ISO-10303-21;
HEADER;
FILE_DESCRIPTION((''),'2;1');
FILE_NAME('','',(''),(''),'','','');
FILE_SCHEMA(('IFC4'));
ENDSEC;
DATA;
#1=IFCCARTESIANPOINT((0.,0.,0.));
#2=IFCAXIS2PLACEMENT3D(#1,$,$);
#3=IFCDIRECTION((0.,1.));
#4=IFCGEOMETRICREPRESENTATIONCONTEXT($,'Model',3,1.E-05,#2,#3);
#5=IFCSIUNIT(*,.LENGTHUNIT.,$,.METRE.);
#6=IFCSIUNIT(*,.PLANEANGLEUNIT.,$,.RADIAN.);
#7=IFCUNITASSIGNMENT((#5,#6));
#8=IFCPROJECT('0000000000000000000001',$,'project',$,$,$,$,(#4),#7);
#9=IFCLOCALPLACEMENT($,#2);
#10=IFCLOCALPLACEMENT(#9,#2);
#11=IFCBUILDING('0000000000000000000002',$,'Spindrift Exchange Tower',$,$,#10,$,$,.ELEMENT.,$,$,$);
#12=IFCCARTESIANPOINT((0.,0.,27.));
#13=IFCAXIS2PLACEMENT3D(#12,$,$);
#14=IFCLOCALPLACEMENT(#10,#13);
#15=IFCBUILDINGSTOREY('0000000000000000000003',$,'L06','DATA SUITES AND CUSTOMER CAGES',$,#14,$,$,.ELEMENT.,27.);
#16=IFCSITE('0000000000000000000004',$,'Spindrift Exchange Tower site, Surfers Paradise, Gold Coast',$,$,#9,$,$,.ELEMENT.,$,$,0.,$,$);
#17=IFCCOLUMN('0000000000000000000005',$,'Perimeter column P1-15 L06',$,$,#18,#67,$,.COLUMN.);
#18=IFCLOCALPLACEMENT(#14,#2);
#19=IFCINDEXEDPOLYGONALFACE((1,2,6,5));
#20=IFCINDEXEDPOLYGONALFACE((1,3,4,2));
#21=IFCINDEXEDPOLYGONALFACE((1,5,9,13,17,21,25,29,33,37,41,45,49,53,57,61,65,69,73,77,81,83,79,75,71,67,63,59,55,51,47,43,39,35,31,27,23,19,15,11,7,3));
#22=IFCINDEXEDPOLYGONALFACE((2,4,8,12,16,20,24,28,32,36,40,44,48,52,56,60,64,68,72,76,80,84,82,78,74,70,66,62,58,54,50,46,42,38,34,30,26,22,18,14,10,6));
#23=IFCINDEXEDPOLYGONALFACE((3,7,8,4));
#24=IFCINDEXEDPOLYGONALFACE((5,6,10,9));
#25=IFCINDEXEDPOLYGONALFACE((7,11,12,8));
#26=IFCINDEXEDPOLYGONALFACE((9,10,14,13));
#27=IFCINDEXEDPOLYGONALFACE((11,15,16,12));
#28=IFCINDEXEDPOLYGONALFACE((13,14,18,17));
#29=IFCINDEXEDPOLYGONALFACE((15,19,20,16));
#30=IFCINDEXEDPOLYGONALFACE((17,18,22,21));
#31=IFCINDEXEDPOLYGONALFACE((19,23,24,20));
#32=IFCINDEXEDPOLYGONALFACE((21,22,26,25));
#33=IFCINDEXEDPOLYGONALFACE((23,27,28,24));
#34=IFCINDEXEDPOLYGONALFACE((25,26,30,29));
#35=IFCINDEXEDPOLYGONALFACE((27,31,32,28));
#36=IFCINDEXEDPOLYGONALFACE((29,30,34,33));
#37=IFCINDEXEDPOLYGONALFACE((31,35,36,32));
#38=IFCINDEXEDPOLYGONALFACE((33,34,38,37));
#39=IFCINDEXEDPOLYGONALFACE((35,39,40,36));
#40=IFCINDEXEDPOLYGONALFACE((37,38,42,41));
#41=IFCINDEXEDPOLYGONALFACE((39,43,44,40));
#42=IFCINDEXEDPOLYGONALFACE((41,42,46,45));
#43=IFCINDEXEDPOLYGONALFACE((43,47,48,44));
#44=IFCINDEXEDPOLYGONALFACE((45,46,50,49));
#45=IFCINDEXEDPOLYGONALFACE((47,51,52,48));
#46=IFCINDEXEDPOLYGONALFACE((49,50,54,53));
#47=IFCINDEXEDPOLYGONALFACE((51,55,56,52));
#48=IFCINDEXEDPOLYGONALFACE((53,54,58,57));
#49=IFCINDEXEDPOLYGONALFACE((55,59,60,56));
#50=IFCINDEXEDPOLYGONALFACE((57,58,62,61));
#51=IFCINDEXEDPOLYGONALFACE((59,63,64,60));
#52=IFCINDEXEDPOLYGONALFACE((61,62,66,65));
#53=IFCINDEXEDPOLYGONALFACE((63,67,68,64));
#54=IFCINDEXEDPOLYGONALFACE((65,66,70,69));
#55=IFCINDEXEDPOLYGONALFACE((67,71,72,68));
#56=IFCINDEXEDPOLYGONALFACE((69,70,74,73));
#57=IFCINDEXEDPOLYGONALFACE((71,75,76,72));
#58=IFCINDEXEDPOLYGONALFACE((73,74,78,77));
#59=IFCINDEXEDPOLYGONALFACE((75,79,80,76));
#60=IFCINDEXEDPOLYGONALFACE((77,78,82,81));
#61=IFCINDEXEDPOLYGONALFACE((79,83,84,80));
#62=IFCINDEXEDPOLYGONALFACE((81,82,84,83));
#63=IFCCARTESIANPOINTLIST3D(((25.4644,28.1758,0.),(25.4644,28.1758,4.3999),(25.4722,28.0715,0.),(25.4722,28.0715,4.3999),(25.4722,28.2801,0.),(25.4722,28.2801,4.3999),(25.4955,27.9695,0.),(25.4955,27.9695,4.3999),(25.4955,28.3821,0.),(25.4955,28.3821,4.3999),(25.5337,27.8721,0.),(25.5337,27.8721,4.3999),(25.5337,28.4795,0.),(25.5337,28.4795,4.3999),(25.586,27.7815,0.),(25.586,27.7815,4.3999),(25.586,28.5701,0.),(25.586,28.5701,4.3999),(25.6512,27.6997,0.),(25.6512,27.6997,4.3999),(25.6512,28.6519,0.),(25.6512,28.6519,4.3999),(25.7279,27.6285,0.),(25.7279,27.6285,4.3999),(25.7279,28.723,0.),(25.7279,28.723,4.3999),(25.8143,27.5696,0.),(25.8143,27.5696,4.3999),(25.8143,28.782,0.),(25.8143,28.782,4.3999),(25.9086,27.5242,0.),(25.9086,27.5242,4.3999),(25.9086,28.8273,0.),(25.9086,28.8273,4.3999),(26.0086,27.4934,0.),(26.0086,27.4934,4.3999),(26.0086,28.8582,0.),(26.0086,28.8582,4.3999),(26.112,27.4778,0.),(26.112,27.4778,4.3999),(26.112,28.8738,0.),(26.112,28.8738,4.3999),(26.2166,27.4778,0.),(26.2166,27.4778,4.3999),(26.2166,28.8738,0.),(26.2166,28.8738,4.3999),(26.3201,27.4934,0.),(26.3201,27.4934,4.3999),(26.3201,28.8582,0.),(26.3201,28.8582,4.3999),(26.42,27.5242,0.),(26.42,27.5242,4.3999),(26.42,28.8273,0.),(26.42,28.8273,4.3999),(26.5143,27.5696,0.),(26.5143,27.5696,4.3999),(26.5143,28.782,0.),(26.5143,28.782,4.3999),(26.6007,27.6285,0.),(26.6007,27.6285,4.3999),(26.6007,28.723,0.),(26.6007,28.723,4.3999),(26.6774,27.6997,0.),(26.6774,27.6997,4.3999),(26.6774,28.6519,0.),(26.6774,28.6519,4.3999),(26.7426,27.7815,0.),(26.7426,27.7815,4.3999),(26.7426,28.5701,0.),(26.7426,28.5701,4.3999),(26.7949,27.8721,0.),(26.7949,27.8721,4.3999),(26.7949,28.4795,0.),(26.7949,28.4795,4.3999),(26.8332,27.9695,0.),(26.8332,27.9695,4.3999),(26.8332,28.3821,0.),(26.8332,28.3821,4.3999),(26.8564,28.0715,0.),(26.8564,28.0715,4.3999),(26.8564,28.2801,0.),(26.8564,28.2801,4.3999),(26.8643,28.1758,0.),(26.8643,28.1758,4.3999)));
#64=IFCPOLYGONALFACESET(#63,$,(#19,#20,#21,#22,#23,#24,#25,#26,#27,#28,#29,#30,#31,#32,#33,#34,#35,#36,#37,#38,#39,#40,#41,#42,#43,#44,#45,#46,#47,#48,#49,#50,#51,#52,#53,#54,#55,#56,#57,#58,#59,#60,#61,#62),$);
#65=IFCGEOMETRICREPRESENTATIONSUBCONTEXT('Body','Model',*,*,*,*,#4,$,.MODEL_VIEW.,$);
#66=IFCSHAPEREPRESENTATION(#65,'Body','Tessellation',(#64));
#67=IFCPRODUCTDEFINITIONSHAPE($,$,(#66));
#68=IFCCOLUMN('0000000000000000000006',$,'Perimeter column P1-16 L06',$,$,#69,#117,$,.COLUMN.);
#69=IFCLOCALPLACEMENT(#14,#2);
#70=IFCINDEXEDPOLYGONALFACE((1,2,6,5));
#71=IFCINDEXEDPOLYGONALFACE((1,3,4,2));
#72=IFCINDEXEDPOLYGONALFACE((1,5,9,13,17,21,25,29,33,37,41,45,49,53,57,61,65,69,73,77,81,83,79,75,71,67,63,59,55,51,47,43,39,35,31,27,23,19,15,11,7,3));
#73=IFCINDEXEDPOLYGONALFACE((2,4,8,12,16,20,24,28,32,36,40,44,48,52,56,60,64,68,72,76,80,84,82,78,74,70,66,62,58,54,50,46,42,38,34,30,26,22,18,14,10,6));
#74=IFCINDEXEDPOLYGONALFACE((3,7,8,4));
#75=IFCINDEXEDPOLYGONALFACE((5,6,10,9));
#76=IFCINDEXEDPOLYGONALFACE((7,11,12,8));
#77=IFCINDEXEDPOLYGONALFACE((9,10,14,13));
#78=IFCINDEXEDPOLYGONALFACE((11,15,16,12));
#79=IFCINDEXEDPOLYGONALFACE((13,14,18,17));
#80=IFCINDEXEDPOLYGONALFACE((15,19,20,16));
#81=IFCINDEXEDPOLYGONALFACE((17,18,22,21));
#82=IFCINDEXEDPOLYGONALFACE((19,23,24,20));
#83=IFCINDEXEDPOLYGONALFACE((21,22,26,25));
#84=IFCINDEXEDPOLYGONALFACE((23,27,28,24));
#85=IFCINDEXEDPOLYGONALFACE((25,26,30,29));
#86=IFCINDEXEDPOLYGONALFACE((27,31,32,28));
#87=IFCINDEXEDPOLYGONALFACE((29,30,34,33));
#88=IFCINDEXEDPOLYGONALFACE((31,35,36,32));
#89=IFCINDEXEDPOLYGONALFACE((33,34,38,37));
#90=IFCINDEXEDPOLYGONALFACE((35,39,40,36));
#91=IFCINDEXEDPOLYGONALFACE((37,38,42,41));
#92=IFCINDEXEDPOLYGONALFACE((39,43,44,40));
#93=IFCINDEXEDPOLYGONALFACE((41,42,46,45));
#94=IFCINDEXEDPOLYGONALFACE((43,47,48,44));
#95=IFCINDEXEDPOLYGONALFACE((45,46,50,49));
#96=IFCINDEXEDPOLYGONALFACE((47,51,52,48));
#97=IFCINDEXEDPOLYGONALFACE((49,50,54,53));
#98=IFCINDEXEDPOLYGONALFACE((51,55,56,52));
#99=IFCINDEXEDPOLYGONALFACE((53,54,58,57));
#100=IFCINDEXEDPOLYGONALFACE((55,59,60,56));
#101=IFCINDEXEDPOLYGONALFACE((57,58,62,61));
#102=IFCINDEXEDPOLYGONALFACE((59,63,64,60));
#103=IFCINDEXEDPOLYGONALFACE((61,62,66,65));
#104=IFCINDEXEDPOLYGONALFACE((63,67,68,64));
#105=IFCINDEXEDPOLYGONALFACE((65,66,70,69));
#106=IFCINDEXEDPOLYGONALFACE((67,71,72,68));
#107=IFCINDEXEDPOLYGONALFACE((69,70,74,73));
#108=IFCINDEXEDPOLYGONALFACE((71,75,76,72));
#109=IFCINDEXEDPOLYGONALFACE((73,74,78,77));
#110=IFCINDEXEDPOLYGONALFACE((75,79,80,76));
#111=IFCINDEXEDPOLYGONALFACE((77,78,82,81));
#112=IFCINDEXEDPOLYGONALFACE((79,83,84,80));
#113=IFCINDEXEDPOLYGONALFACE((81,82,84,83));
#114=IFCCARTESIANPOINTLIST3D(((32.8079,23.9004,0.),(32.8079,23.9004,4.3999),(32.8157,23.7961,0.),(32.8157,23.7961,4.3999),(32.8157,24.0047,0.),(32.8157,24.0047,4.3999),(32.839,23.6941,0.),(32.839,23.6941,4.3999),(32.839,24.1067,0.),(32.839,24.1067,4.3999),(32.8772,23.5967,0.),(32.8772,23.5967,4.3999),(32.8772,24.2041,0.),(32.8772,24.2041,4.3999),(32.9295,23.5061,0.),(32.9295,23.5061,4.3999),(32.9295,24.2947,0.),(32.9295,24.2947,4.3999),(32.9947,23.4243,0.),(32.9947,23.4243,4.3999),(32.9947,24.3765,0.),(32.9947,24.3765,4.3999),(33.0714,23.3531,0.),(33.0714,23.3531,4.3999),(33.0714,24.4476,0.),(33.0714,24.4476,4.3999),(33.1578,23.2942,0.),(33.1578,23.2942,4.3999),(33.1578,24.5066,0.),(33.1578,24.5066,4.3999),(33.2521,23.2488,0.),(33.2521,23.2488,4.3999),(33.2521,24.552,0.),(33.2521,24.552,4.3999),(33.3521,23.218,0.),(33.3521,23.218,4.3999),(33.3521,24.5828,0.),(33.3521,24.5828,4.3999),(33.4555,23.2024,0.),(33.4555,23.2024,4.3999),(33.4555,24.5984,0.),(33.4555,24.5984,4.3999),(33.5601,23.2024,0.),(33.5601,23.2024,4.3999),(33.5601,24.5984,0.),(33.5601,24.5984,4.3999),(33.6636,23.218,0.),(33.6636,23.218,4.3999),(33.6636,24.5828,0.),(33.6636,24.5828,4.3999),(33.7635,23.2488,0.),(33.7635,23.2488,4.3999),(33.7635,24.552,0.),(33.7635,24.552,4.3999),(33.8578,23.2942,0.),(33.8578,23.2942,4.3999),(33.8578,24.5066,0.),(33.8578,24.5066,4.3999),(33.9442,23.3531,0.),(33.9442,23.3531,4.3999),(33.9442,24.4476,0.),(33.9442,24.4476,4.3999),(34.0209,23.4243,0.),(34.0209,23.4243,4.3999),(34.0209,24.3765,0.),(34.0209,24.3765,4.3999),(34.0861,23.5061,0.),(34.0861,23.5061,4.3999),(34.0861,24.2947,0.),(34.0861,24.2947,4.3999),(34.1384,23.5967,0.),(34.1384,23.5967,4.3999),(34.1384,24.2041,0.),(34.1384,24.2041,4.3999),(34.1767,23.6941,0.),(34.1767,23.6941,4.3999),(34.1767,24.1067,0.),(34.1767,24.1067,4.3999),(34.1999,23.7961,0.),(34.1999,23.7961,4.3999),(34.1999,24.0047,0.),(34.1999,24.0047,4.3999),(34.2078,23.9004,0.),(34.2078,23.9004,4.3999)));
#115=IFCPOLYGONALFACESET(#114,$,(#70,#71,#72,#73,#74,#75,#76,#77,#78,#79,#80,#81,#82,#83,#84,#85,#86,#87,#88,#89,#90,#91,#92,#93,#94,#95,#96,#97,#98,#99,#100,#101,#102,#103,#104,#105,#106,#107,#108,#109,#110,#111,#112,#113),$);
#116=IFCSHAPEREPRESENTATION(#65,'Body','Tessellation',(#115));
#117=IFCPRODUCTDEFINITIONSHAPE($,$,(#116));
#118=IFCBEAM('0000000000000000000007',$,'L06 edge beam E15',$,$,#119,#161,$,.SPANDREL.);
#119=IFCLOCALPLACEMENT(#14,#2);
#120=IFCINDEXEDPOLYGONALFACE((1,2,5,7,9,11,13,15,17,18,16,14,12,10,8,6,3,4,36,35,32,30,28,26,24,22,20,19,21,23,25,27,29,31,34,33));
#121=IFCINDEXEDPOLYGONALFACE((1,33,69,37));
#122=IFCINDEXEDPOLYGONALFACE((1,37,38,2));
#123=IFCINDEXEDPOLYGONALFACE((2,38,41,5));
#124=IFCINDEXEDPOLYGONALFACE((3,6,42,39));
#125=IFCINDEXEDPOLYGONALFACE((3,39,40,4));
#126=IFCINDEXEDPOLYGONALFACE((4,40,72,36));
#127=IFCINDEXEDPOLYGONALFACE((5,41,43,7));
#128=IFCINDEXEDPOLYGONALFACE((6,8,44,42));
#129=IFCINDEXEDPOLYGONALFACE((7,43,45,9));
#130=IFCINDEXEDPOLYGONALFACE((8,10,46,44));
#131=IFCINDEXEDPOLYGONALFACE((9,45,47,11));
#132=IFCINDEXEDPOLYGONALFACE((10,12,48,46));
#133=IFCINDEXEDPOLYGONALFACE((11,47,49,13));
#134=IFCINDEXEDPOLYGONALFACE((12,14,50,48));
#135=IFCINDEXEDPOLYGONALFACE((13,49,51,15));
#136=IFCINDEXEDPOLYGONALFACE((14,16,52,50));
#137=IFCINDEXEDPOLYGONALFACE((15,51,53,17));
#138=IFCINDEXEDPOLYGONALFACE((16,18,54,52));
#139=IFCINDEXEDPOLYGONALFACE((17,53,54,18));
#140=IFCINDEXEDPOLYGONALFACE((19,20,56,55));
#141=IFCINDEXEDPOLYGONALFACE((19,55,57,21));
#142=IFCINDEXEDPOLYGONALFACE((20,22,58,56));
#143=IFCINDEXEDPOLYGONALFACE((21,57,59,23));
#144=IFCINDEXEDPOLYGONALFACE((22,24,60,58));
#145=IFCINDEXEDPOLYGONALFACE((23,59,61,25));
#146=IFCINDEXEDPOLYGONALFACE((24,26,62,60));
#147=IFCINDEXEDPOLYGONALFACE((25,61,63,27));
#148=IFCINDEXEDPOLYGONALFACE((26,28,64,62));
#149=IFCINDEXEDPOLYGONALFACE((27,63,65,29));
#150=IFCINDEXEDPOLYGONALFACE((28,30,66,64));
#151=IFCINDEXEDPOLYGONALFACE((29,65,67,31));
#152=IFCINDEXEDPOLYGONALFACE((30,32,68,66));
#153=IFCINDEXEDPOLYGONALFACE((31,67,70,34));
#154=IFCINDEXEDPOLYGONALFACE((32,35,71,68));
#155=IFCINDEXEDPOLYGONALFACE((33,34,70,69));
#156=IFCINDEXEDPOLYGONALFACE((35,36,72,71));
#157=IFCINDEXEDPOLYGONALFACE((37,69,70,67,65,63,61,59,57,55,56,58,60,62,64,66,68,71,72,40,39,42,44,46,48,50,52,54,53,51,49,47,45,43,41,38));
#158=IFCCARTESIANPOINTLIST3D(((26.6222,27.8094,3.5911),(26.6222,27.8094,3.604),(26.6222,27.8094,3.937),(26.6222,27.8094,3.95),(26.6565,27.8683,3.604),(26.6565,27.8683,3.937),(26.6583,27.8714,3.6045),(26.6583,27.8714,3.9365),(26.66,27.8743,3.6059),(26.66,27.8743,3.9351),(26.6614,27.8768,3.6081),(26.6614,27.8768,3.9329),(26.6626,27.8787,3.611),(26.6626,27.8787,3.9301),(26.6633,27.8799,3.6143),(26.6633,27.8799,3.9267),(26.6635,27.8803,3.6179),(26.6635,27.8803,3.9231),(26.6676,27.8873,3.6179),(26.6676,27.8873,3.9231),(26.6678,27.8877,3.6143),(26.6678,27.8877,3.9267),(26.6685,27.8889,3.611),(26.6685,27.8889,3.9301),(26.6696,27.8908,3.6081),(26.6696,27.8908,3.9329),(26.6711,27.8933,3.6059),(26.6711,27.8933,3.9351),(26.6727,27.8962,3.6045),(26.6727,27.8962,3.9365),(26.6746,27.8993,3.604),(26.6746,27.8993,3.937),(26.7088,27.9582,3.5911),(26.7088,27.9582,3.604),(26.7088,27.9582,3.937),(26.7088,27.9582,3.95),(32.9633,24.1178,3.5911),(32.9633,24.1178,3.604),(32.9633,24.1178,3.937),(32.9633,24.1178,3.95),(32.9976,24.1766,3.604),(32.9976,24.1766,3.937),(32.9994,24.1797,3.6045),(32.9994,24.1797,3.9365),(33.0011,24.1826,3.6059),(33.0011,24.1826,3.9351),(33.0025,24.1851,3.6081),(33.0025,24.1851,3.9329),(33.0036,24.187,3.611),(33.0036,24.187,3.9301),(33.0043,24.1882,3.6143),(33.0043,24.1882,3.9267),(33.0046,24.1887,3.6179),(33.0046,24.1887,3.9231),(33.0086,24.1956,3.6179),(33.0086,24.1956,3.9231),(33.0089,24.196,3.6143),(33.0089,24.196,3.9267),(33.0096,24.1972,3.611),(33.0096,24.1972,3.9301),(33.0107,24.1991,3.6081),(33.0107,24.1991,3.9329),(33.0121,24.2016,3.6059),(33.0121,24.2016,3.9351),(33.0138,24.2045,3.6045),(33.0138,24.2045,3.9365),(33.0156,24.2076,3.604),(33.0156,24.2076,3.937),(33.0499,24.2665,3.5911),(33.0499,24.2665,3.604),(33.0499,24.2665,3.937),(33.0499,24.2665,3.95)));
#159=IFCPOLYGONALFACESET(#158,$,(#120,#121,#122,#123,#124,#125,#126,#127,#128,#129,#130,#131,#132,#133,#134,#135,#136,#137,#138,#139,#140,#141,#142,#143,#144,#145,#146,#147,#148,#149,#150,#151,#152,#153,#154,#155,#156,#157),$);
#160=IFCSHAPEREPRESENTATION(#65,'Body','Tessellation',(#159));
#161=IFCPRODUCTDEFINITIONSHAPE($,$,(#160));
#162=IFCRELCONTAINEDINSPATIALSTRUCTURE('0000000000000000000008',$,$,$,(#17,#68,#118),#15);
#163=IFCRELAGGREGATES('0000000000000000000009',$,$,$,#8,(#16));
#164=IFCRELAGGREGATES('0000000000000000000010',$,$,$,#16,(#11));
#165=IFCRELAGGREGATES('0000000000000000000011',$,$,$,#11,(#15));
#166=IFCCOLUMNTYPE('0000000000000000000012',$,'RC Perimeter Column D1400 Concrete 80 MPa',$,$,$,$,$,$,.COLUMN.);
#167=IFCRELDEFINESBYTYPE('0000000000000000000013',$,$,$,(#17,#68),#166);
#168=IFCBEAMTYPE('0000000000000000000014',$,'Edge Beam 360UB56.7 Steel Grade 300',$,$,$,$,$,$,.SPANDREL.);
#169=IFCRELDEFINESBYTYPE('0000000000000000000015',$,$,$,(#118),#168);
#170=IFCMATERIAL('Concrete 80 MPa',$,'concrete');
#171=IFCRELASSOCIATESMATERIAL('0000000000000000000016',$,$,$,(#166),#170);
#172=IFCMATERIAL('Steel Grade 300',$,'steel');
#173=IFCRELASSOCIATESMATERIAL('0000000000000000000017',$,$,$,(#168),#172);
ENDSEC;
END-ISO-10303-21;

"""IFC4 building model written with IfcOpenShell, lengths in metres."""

from ifc_helpers import new_model, si_unit, direction, frame, origin, origin_2d, place, context, subcontext, project, spatial, circle, i_section, extrude, source, transform, mapped, material, material_profile, profile_set, type_object, element, save


model = new_model("IFC4")

# Units and contexts
model_context = context("Model", 3, precision=1e-05, world=origin(), true_north=direction((0.0, 1.0)))
body_context = subcontext(model_context, "Body", "Model", "MODEL_VIEW")
ifc_project = project(units=[si_unit("LENGTHUNIT", "METRE"), si_unit("PLANEANGLEUNIT", "RADIAN")], contexts=[model_context])

# Site, building, storey
site_placement = place(None, origin())
site = spatial("IfcSite", under=ifc_project, at=site_placement, Name="Spindrift Exchange Tower site, Surfers Paradise, Gold Coast", CompositionType="ELEMENT", RefElevation=0.0)
building_placement = place(site_placement, origin())
building = spatial("IfcBuilding", under=site, at=building_placement, Name="Spindrift Exchange Tower", CompositionType="ELEMENT")
storey_placement = place(building_placement, frame((0.0, 0.0, 27.0)))
storey = spatial("IfcBuildingStorey", under=building, at=storey_placement, Name="L06", Description="DATA SUITES AND CUSTOMER CAGES", CompositionType="ELEMENT", Elevation=27.0)

# Columns
ifc_material_1 = material(Name="Concrete 80 MPa", Category="concrete")
ifc_material_profile_1 = material_profile(ifc_material_1, circle(Radius=0.7, at=origin_2d()), Name="RC D1400")
ifc_profile_set_1 = profile_set([ifc_material_profile_1], Name="Concrete 80 MPa")
column_type = type_object("IfcColumnType", Name="RC Perimeter Column D1400 Concrete 80 MPa", PredefinedType="COLUMN", material=ifc_profile_set_1)
shared_shape_1 = source(origin(), body_context, "Body", "SweptSolid", [
    extrude(circle(Radius=0.7, at=origin_2d()), origin(), (0.0, 0.0, 1.0), 4.3999),
])
for number, where, z_axis, x_axis, name in (
    (1, (26.1643, 28.1758, 0.0), (0.0, 0.0, 1.0), (1.0, 0.0, 0.0), "Perimeter column P1-15 L06"),
    (2, (33.5078, 23.9004, 0.0), (0.0, 0.0, 1.0), (1.0, 0.0, 0.0), "Perimeter column P1-16 L06"),
):
    element("IfcColumn", number, at=place(storey_placement, frame(where, z_axis=z_axis, x_axis=x_axis)), inside=storey, type_object=column_type, Name=name, PredefinedType="COLUMN", context=body_context, shape_type="MappedRepresentation", body=[
        mapped(shared_shape_1, transform((0.0, 0.0, 0.0), scale=1.0)),
    ])

# Beam
ifc_material_2 = material(Name="Steel Grade 300", Category="steel")
ifc_material_profile_2 = material_profile(ifc_material_2, i_section(OverallWidth=0.1721, OverallDepth=0.3589, WebThickness=0.0081, FlangeThickness=0.0129, FilletRadius=0.0139, at=origin_2d()), Name="360UB56.7")
ifc_profile_set_2 = profile_set([ifc_material_profile_2], Name="Steel Grade 300")
beam_type_1 = type_object("IfcBeamType", Name="Edge Beam 360UB56.7 Steel Grade 300", PredefinedType="SPANDREL", material=ifc_profile_set_2)
shared_shape_2 = source(origin(), body_context, "Body", "SweptSolid", [
    extrude(i_section(OverallWidth=0.1721, OverallDepth=0.3589, WebThickness=0.0081, FlangeThickness=0.0129, FilletRadius=0.0139, at=origin_2d()), origin(), (0.0, 0.0, 1.0), 7.3374),
])
beam_1_placement = place(storey_placement, frame((26.6655, 27.8838, 3.7705), z_axis=(0.864212, -0.503128, 0.0), x_axis=(0.503128, 0.864212, 0.0)))
element("IfcBeam", 3, at=beam_1_placement, inside=storey, type_object=beam_type_1, Name="L06 edge beam E15", PredefinedType="SPANDREL", context=body_context, shape_type="MappedRepresentation", body=[
    mapped(shared_shape_2, transform((0.0, 0.0, 0.0), scale=1.0)),
])

save(model, "model.ifc")
